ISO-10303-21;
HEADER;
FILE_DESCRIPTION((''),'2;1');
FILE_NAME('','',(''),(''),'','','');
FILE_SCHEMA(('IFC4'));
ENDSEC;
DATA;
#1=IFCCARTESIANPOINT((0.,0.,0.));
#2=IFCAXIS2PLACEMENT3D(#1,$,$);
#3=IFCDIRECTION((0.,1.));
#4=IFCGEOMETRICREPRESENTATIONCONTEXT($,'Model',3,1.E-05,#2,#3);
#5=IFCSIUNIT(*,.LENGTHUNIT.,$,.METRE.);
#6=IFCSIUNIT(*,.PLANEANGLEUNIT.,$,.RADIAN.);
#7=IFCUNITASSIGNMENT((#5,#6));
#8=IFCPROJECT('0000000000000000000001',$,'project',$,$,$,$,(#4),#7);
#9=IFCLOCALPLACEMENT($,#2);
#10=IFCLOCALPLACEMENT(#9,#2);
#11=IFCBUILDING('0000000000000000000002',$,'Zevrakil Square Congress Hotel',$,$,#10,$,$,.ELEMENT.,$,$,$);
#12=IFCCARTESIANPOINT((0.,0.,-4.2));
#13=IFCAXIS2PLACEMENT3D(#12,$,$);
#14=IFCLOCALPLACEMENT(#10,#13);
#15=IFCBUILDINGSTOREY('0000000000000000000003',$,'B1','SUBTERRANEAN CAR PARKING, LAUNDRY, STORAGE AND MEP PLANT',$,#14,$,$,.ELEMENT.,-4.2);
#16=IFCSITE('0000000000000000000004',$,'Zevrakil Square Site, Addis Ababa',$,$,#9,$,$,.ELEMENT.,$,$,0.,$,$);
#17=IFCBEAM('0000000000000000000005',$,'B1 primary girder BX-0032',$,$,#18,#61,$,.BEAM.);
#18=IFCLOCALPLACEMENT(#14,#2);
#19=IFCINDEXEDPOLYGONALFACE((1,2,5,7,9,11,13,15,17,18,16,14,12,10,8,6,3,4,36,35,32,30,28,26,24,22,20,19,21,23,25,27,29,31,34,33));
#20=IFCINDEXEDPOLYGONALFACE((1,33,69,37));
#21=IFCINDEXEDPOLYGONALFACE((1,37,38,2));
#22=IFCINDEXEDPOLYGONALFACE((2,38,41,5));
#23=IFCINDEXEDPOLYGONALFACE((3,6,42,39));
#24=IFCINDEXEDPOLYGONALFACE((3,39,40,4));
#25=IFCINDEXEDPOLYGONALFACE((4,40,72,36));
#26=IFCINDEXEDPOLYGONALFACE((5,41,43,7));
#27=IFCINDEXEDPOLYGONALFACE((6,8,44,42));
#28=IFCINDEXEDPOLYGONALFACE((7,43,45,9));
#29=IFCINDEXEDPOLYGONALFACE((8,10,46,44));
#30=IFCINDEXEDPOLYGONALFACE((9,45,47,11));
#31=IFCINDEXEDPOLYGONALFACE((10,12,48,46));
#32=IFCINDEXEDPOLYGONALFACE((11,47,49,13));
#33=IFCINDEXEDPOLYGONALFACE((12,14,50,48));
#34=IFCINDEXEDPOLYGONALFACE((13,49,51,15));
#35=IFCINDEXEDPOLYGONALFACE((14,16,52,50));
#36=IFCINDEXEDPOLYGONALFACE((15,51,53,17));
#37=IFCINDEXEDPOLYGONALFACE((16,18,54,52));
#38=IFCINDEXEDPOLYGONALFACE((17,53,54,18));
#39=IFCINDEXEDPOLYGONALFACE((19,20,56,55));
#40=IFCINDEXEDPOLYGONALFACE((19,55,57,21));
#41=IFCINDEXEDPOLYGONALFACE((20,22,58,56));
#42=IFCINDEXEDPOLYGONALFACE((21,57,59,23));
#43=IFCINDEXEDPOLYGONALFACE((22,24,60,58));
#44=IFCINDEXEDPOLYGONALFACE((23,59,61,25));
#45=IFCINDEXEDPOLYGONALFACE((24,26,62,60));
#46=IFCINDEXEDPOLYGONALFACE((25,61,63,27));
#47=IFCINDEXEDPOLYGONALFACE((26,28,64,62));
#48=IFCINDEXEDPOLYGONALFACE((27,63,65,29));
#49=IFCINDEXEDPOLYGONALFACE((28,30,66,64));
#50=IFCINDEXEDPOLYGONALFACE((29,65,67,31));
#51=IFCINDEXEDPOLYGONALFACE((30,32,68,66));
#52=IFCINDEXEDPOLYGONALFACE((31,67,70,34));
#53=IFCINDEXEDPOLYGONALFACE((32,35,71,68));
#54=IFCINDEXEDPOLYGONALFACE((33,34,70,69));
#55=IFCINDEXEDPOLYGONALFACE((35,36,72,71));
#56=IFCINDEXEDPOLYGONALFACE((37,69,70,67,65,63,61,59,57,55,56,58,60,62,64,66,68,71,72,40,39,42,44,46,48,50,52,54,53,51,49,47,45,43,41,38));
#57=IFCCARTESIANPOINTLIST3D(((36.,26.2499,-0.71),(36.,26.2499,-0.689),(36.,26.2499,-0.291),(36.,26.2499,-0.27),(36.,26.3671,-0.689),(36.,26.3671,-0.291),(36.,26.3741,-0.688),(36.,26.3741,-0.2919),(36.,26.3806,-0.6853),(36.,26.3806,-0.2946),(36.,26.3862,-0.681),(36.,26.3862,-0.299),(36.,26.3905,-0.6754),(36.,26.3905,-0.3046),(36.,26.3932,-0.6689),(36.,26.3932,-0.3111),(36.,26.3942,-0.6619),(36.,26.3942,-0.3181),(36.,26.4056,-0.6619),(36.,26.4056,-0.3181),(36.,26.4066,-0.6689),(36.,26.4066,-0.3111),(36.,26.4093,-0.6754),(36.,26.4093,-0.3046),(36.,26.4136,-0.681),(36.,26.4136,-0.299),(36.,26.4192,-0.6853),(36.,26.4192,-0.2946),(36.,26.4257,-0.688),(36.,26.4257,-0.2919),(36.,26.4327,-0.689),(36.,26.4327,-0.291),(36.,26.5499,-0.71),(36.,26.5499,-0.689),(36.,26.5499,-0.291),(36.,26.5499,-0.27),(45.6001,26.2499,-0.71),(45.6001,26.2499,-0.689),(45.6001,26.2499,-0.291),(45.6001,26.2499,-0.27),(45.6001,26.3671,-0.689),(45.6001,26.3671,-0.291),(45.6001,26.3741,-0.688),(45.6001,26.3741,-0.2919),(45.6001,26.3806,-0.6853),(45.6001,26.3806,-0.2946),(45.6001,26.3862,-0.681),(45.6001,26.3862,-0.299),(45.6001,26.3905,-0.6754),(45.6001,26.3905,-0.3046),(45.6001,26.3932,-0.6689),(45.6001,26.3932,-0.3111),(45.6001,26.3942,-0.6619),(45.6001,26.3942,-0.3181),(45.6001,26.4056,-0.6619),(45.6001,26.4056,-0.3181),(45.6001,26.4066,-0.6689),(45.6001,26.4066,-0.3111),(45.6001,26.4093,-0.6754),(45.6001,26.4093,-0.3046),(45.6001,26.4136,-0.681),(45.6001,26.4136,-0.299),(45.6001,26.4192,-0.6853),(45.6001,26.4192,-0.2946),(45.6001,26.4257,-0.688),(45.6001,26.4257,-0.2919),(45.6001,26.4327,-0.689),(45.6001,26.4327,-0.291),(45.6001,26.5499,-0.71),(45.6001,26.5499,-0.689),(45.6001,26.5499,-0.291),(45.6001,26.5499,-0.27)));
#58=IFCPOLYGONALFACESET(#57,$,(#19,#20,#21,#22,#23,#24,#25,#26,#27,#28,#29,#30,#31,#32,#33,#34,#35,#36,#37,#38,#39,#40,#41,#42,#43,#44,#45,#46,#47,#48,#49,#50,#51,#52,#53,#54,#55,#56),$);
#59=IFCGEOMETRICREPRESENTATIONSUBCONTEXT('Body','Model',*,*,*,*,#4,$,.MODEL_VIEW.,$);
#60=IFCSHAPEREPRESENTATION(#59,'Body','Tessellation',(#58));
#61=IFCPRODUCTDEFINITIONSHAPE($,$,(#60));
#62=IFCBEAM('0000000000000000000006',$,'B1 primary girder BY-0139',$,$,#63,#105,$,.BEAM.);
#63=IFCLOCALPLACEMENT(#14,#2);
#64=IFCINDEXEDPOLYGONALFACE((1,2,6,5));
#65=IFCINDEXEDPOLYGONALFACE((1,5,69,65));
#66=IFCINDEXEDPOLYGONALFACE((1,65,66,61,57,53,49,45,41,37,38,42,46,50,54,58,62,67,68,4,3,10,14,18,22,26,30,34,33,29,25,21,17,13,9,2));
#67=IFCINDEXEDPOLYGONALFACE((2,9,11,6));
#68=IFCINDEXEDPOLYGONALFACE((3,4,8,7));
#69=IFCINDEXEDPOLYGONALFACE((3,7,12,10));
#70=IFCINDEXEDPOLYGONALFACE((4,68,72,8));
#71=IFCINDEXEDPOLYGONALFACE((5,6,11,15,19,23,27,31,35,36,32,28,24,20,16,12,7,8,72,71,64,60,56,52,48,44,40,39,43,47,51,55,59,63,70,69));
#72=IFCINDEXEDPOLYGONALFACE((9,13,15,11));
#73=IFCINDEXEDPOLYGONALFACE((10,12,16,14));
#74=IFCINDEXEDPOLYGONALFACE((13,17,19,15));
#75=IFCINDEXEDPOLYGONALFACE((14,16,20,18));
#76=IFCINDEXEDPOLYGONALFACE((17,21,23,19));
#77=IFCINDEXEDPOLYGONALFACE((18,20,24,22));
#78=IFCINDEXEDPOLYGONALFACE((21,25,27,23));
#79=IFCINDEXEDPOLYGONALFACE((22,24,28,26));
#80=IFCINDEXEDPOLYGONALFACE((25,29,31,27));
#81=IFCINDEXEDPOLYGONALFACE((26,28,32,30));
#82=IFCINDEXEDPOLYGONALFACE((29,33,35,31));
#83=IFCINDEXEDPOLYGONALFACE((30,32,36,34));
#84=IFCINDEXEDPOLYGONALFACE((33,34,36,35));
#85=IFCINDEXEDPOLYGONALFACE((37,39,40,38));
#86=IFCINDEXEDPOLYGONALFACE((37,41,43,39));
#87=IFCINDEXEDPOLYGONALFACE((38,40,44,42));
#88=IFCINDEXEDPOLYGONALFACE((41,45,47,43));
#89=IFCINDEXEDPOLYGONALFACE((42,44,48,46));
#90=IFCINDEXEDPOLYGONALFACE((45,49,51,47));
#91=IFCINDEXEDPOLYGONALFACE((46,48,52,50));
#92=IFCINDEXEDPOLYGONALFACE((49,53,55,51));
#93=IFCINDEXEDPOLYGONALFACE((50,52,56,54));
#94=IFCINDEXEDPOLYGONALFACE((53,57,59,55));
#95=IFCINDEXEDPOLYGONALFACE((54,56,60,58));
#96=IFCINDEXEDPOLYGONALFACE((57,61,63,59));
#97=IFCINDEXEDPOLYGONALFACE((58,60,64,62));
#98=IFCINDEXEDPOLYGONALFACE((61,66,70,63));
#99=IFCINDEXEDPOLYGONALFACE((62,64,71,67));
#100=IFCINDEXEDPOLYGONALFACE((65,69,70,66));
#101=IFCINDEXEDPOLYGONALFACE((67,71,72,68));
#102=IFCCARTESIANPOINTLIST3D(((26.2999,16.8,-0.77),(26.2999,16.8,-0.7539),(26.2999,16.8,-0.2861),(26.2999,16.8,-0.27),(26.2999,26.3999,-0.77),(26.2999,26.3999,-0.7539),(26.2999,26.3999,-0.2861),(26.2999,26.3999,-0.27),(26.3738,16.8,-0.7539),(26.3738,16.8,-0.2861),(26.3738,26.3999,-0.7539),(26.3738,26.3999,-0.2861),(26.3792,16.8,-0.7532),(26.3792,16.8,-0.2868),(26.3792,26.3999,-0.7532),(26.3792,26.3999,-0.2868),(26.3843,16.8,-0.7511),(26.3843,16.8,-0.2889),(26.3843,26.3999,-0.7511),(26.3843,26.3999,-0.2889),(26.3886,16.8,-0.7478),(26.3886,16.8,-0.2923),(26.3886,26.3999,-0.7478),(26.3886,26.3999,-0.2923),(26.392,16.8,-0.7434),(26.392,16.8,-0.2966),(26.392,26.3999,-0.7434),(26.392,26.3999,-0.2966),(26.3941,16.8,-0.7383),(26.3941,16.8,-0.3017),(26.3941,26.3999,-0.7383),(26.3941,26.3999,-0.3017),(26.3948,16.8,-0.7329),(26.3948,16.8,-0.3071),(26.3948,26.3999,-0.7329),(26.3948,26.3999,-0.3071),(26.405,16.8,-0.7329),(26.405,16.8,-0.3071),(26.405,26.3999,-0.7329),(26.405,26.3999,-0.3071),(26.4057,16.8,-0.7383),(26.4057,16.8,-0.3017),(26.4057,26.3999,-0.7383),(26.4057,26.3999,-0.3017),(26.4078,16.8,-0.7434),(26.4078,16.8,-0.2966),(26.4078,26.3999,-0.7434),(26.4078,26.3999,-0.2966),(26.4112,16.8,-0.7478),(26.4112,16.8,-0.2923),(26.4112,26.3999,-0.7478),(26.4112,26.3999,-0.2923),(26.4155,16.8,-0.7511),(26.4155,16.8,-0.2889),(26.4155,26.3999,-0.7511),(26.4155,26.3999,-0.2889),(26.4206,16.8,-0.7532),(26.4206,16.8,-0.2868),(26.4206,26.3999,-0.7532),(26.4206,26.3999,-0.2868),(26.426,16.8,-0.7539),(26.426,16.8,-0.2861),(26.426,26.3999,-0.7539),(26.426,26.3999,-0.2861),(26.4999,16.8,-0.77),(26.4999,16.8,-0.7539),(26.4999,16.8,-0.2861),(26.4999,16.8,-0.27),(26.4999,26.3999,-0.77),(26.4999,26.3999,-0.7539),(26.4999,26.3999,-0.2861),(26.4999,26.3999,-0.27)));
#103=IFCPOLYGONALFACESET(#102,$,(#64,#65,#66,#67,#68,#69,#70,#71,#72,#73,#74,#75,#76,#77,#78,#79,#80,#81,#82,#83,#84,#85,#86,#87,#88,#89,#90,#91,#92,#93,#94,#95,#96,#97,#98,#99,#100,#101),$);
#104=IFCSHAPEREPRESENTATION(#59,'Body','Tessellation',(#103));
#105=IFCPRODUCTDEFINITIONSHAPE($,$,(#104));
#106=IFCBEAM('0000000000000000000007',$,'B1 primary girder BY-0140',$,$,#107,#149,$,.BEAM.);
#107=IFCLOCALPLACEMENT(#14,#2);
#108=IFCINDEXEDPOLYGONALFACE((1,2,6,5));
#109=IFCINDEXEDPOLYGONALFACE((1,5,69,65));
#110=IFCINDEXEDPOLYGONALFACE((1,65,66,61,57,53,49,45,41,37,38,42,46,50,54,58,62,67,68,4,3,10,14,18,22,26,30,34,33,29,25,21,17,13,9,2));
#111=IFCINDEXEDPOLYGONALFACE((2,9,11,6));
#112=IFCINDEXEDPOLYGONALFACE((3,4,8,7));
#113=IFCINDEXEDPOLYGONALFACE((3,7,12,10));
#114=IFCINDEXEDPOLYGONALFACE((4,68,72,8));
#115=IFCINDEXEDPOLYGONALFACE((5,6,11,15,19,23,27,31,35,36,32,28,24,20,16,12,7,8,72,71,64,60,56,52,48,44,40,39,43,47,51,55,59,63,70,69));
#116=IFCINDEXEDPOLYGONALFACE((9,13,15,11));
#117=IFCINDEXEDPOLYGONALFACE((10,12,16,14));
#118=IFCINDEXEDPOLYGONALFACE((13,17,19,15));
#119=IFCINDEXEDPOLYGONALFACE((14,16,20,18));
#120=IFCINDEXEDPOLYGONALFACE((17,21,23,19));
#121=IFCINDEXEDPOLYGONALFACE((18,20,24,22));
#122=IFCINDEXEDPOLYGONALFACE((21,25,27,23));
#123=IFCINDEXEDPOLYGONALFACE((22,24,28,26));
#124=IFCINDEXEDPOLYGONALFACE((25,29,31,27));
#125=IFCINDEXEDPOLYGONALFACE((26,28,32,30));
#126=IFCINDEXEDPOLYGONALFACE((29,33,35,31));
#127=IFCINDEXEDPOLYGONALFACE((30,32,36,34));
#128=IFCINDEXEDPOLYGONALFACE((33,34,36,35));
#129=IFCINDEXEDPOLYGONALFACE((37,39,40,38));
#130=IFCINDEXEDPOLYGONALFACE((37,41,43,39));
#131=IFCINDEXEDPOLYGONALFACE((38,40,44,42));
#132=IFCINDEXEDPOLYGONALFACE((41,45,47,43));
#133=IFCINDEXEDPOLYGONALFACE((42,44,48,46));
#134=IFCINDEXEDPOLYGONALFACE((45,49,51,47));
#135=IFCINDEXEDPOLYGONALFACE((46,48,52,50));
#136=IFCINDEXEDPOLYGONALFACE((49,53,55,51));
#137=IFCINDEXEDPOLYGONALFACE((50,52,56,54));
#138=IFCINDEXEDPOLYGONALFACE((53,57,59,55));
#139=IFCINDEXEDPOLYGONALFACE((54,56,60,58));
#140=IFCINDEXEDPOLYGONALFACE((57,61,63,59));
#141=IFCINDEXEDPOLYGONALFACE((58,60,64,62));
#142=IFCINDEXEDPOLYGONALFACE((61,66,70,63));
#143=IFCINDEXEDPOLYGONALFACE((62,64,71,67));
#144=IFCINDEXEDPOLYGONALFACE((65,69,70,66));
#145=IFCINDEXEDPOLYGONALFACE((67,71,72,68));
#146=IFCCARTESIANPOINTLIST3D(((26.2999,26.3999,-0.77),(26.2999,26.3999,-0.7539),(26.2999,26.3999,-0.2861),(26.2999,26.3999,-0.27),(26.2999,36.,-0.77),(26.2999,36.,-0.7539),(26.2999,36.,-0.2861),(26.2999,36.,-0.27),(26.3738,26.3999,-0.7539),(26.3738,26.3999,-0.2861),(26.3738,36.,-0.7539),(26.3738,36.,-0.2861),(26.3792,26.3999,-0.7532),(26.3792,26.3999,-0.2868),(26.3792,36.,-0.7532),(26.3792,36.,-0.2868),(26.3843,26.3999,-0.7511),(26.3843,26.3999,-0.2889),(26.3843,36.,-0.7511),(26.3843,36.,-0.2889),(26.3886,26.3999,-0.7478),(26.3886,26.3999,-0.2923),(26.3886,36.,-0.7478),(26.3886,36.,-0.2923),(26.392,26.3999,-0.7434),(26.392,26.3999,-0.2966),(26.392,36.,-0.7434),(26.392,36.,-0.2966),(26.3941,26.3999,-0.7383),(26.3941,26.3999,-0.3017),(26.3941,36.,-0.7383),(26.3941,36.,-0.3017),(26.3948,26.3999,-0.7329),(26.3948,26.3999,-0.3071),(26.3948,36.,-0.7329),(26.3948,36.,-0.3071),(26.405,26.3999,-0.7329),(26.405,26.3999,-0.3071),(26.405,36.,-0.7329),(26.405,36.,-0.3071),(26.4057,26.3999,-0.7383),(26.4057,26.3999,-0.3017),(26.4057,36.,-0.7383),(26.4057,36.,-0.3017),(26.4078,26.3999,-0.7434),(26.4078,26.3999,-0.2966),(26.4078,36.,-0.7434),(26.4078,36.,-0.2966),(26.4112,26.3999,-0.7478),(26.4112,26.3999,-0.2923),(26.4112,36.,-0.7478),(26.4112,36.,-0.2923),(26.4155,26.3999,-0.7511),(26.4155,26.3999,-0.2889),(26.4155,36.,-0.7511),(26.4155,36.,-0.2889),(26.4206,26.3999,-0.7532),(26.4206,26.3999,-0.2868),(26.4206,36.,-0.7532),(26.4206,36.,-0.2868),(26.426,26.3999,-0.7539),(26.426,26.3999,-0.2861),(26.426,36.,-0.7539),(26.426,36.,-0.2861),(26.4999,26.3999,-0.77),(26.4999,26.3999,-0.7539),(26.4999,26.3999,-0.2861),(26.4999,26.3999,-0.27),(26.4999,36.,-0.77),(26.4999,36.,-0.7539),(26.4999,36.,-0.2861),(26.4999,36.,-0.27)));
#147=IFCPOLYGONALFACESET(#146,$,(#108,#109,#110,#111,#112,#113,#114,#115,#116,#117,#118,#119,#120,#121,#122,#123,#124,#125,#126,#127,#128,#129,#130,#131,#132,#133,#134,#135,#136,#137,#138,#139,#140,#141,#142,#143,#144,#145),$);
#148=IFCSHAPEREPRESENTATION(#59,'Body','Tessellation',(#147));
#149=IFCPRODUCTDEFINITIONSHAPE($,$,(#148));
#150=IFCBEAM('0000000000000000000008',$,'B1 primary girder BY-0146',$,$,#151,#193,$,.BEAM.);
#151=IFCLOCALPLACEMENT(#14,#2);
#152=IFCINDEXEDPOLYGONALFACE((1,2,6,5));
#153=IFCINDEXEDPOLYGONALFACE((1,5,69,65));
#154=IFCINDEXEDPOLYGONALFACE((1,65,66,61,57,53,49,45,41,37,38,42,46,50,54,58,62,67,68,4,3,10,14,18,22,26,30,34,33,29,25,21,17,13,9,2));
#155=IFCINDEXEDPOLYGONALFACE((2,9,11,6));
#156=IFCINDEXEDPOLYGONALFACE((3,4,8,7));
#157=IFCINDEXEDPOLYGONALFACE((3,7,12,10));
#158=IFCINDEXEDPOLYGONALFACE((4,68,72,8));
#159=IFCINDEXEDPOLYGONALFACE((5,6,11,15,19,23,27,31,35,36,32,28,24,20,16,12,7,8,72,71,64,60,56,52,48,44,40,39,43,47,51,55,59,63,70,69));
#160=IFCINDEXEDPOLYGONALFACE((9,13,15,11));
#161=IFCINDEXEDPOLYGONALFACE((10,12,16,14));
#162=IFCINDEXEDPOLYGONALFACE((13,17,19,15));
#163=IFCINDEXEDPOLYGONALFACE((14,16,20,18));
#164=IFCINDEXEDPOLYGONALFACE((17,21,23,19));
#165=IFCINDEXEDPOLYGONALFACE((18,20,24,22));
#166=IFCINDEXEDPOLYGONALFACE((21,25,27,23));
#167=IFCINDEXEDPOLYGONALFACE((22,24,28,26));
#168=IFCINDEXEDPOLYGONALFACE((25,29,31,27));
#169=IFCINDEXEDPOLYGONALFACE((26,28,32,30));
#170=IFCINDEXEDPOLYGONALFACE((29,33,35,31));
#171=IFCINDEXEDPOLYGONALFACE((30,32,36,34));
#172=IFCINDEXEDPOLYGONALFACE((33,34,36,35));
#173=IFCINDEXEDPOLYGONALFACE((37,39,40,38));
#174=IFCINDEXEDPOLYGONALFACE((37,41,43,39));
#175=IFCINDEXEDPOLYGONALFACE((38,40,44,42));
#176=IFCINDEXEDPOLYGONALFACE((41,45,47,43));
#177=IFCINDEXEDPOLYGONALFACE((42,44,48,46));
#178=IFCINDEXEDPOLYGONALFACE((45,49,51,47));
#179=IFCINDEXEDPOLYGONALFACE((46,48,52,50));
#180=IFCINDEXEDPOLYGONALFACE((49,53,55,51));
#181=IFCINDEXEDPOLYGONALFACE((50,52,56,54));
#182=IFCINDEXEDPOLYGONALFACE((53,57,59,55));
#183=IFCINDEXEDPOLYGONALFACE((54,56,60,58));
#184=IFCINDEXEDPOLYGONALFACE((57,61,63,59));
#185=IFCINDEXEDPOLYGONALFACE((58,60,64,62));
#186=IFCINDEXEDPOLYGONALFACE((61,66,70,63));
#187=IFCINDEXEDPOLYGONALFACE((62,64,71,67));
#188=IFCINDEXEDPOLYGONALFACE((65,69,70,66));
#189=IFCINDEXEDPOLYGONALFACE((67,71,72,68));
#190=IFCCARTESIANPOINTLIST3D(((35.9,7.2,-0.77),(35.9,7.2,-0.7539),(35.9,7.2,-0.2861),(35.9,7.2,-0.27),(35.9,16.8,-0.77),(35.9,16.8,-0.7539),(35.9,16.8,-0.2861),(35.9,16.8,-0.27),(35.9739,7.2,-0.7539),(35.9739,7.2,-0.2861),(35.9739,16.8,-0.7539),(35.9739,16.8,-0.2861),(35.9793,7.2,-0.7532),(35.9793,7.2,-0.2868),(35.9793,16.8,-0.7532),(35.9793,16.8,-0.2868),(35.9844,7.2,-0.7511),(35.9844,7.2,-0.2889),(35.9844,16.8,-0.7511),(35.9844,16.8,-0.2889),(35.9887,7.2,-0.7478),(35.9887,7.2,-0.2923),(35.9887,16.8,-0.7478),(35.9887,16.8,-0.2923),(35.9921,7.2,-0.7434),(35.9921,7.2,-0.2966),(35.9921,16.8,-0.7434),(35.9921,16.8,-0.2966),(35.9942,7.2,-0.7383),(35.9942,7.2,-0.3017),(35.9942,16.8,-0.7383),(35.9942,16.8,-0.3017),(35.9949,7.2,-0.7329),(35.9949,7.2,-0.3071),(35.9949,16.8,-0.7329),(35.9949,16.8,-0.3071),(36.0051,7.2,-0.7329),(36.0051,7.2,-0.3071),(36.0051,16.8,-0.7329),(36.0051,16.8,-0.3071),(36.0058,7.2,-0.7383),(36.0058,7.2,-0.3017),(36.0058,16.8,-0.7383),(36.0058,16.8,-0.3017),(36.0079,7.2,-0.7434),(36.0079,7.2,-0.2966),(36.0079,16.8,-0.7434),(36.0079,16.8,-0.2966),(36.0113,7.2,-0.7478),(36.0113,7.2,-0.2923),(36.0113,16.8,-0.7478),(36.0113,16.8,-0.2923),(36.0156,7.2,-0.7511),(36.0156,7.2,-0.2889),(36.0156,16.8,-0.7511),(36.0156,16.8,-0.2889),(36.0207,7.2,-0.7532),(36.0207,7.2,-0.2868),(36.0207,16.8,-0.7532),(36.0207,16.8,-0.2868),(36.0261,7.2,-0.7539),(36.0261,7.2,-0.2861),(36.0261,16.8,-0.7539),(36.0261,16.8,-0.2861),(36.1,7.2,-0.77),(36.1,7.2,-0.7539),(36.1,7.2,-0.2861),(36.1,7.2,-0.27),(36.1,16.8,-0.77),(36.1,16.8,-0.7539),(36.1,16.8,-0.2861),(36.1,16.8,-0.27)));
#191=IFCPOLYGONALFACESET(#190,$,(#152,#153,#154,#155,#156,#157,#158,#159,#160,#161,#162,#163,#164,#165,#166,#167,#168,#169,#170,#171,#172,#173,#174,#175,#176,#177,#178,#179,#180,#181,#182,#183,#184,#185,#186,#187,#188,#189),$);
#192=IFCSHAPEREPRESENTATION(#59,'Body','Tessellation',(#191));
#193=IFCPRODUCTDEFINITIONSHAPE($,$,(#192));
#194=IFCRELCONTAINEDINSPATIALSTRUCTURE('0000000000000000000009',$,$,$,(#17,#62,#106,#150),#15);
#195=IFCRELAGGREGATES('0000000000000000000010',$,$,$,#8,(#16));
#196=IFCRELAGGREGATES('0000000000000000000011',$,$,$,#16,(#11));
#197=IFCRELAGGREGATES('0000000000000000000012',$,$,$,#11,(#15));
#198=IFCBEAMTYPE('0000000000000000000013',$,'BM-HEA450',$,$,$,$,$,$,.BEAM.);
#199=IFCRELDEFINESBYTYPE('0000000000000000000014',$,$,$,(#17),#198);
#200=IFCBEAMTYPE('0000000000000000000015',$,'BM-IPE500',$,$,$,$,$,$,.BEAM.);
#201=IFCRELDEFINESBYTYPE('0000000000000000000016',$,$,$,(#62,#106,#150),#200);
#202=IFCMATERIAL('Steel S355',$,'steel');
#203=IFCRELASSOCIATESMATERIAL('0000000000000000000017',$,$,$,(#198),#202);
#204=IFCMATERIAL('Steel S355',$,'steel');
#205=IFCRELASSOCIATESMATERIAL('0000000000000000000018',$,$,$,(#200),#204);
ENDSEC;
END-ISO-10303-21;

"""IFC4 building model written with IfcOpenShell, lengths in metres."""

from ifc_helpers import new_model, si_unit, direction, frame, origin, origin_2d, place, context, subcontext, project, spatial, i_section, extrude, material, material_profile, profile_set, type_object, element, save


model = new_model("IFC4")

# Units and contexts
model_context = context("Model", 3, precision=1e-05, world=origin(), true_north=direction((0.0, 1.0)))
body_context = subcontext(model_context, "Body", "Model", "MODEL_VIEW")
ifc_project = project(units=[si_unit("LENGTHUNIT", "METRE"), si_unit("PLANEANGLEUNIT", "RADIAN")], contexts=[model_context])

# Site, building, storey
site_placement = place(None, origin())
site = spatial("IfcSite", under=ifc_project, at=site_placement, Name="Zevrakil Square Site, Addis Ababa", CompositionType="ELEMENT", RefElevation=0.0)
building_placement = place(site_placement, origin())
building = spatial("IfcBuilding", under=site, at=building_placement, Name="Zevrakil Square Congress Hotel", CompositionType="ELEMENT")
storey_placement = place(building_placement, frame((0.0, 0.0, -4.2)))
storey = spatial("IfcBuildingStorey", under=building, at=storey_placement, Name="B1", Description="SUBTERRANEAN CAR PARKING, LAUNDRY, STORAGE AND MEP PLANT", CompositionType="ELEMENT", Elevation=-4.2)

# Beams
ifc_material_1 = material(Name="Steel S355", Category="steel")
ifc_material_profile_1 = material_profile(ifc_material_1, i_section(OverallWidth=0.3, OverallDepth=0.4399, WebThickness=0.0115, FlangeThickness=0.021, FilletRadius=0.0271, at=origin_2d()), Name="HEA 450")
ifc_profile_set_1 = profile_set([ifc_material_profile_1], Name="Steel S355")
beam_type_1 = type_object("IfcBeamType", Name="BM-HEA450", PredefinedType="BEAM", material=ifc_profile_set_1)
for number, where, z_axis, x_axis, name in (
    (1, (36.0, 26.3999, -0.49), (1.0, 0.0, 0.0), (0.0, 1.0, 0.0), "B1 primary girder BX-0032"),
):
    element("IfcBeam", number, at=place(storey_placement, frame(where, z_axis=z_axis, x_axis=x_axis)), inside=storey, type_object=beam_type_1, Name=name, PredefinedType="BEAM", context=body_context, shape_type="SweptSolid", body=[
        extrude(i_section(OverallWidth=0.3, OverallDepth=0.4399, WebThickness=0.0115, FlangeThickness=0.021, FilletRadius=0.0271, at=origin_2d()), origin(), (0.0, 0.0, 1.0), 9.6001),
    ])
ifc_material_2 = material(Name="Steel S355", Category="steel")
ifc_material_profile_2 = material_profile(ifc_material_2, i_section(OverallWidth=0.2, OverallDepth=0.5, WebThickness=0.0103, FlangeThickness=0.0161, FilletRadius=0.021, at=origin_2d()), Name="IPE 500")
ifc_profile_set_2 = profile_set([ifc_material_profile_2], Name="Steel S355")
beam_type_2 = type_object("IfcBeamType", Name="BM-IPE500", PredefinedType="BEAM", material=ifc_profile_set_2)
beam_1_placement = place(storey_placement, frame((26.3999, 16.8, -0.52), z_axis=(0.0, 1.0, 0.0), x_axis=(-1.0, 0.0, 0.0)))
element("IfcBeam", 2, at=beam_1_placement, inside=storey, type_object=beam_type_2, Name="B1 primary girder BY-0139", PredefinedType="BEAM", context=body_context, shape_type="SweptSolid", body=[
    extrude(i_section(OverallWidth=0.2, OverallDepth=0.5, WebThickness=0.0103, FlangeThickness=0.0161, FilletRadius=0.021, at=origin_2d()), origin(), (0.0, 0.0, 1.0), 9.5999),
])
for number, where, z_axis, x_axis, name in (
    (3, (26.3999, 26.3999, -0.52), (0.0, 1.0, 0.0), (-1.0, 0.0, 0.0), "B1 primary girder BY-0140"),
    (4, (36.0, 7.2, -0.52), (0.0, 1.0, 0.0), (-1.0, 0.0, 0.0), "B1 primary girder BY-0146"),
):
    element("IfcBeam", number, at=place(storey_placement, frame(where, z_axis=z_axis, x_axis=x_axis)), inside=storey, type_object=beam_type_2, Name=name, PredefinedType="BEAM", context=body_context, shape_type="SweptSolid", body=[
        extrude(i_section(OverallWidth=0.2, OverallDepth=0.5, WebThickness=0.0103, FlangeThickness=0.0161, FilletRadius=0.021, at=origin_2d()), origin(), (0.0, 0.0, 1.0), 9.6001),
    ])

save(model, "model.ifc")
